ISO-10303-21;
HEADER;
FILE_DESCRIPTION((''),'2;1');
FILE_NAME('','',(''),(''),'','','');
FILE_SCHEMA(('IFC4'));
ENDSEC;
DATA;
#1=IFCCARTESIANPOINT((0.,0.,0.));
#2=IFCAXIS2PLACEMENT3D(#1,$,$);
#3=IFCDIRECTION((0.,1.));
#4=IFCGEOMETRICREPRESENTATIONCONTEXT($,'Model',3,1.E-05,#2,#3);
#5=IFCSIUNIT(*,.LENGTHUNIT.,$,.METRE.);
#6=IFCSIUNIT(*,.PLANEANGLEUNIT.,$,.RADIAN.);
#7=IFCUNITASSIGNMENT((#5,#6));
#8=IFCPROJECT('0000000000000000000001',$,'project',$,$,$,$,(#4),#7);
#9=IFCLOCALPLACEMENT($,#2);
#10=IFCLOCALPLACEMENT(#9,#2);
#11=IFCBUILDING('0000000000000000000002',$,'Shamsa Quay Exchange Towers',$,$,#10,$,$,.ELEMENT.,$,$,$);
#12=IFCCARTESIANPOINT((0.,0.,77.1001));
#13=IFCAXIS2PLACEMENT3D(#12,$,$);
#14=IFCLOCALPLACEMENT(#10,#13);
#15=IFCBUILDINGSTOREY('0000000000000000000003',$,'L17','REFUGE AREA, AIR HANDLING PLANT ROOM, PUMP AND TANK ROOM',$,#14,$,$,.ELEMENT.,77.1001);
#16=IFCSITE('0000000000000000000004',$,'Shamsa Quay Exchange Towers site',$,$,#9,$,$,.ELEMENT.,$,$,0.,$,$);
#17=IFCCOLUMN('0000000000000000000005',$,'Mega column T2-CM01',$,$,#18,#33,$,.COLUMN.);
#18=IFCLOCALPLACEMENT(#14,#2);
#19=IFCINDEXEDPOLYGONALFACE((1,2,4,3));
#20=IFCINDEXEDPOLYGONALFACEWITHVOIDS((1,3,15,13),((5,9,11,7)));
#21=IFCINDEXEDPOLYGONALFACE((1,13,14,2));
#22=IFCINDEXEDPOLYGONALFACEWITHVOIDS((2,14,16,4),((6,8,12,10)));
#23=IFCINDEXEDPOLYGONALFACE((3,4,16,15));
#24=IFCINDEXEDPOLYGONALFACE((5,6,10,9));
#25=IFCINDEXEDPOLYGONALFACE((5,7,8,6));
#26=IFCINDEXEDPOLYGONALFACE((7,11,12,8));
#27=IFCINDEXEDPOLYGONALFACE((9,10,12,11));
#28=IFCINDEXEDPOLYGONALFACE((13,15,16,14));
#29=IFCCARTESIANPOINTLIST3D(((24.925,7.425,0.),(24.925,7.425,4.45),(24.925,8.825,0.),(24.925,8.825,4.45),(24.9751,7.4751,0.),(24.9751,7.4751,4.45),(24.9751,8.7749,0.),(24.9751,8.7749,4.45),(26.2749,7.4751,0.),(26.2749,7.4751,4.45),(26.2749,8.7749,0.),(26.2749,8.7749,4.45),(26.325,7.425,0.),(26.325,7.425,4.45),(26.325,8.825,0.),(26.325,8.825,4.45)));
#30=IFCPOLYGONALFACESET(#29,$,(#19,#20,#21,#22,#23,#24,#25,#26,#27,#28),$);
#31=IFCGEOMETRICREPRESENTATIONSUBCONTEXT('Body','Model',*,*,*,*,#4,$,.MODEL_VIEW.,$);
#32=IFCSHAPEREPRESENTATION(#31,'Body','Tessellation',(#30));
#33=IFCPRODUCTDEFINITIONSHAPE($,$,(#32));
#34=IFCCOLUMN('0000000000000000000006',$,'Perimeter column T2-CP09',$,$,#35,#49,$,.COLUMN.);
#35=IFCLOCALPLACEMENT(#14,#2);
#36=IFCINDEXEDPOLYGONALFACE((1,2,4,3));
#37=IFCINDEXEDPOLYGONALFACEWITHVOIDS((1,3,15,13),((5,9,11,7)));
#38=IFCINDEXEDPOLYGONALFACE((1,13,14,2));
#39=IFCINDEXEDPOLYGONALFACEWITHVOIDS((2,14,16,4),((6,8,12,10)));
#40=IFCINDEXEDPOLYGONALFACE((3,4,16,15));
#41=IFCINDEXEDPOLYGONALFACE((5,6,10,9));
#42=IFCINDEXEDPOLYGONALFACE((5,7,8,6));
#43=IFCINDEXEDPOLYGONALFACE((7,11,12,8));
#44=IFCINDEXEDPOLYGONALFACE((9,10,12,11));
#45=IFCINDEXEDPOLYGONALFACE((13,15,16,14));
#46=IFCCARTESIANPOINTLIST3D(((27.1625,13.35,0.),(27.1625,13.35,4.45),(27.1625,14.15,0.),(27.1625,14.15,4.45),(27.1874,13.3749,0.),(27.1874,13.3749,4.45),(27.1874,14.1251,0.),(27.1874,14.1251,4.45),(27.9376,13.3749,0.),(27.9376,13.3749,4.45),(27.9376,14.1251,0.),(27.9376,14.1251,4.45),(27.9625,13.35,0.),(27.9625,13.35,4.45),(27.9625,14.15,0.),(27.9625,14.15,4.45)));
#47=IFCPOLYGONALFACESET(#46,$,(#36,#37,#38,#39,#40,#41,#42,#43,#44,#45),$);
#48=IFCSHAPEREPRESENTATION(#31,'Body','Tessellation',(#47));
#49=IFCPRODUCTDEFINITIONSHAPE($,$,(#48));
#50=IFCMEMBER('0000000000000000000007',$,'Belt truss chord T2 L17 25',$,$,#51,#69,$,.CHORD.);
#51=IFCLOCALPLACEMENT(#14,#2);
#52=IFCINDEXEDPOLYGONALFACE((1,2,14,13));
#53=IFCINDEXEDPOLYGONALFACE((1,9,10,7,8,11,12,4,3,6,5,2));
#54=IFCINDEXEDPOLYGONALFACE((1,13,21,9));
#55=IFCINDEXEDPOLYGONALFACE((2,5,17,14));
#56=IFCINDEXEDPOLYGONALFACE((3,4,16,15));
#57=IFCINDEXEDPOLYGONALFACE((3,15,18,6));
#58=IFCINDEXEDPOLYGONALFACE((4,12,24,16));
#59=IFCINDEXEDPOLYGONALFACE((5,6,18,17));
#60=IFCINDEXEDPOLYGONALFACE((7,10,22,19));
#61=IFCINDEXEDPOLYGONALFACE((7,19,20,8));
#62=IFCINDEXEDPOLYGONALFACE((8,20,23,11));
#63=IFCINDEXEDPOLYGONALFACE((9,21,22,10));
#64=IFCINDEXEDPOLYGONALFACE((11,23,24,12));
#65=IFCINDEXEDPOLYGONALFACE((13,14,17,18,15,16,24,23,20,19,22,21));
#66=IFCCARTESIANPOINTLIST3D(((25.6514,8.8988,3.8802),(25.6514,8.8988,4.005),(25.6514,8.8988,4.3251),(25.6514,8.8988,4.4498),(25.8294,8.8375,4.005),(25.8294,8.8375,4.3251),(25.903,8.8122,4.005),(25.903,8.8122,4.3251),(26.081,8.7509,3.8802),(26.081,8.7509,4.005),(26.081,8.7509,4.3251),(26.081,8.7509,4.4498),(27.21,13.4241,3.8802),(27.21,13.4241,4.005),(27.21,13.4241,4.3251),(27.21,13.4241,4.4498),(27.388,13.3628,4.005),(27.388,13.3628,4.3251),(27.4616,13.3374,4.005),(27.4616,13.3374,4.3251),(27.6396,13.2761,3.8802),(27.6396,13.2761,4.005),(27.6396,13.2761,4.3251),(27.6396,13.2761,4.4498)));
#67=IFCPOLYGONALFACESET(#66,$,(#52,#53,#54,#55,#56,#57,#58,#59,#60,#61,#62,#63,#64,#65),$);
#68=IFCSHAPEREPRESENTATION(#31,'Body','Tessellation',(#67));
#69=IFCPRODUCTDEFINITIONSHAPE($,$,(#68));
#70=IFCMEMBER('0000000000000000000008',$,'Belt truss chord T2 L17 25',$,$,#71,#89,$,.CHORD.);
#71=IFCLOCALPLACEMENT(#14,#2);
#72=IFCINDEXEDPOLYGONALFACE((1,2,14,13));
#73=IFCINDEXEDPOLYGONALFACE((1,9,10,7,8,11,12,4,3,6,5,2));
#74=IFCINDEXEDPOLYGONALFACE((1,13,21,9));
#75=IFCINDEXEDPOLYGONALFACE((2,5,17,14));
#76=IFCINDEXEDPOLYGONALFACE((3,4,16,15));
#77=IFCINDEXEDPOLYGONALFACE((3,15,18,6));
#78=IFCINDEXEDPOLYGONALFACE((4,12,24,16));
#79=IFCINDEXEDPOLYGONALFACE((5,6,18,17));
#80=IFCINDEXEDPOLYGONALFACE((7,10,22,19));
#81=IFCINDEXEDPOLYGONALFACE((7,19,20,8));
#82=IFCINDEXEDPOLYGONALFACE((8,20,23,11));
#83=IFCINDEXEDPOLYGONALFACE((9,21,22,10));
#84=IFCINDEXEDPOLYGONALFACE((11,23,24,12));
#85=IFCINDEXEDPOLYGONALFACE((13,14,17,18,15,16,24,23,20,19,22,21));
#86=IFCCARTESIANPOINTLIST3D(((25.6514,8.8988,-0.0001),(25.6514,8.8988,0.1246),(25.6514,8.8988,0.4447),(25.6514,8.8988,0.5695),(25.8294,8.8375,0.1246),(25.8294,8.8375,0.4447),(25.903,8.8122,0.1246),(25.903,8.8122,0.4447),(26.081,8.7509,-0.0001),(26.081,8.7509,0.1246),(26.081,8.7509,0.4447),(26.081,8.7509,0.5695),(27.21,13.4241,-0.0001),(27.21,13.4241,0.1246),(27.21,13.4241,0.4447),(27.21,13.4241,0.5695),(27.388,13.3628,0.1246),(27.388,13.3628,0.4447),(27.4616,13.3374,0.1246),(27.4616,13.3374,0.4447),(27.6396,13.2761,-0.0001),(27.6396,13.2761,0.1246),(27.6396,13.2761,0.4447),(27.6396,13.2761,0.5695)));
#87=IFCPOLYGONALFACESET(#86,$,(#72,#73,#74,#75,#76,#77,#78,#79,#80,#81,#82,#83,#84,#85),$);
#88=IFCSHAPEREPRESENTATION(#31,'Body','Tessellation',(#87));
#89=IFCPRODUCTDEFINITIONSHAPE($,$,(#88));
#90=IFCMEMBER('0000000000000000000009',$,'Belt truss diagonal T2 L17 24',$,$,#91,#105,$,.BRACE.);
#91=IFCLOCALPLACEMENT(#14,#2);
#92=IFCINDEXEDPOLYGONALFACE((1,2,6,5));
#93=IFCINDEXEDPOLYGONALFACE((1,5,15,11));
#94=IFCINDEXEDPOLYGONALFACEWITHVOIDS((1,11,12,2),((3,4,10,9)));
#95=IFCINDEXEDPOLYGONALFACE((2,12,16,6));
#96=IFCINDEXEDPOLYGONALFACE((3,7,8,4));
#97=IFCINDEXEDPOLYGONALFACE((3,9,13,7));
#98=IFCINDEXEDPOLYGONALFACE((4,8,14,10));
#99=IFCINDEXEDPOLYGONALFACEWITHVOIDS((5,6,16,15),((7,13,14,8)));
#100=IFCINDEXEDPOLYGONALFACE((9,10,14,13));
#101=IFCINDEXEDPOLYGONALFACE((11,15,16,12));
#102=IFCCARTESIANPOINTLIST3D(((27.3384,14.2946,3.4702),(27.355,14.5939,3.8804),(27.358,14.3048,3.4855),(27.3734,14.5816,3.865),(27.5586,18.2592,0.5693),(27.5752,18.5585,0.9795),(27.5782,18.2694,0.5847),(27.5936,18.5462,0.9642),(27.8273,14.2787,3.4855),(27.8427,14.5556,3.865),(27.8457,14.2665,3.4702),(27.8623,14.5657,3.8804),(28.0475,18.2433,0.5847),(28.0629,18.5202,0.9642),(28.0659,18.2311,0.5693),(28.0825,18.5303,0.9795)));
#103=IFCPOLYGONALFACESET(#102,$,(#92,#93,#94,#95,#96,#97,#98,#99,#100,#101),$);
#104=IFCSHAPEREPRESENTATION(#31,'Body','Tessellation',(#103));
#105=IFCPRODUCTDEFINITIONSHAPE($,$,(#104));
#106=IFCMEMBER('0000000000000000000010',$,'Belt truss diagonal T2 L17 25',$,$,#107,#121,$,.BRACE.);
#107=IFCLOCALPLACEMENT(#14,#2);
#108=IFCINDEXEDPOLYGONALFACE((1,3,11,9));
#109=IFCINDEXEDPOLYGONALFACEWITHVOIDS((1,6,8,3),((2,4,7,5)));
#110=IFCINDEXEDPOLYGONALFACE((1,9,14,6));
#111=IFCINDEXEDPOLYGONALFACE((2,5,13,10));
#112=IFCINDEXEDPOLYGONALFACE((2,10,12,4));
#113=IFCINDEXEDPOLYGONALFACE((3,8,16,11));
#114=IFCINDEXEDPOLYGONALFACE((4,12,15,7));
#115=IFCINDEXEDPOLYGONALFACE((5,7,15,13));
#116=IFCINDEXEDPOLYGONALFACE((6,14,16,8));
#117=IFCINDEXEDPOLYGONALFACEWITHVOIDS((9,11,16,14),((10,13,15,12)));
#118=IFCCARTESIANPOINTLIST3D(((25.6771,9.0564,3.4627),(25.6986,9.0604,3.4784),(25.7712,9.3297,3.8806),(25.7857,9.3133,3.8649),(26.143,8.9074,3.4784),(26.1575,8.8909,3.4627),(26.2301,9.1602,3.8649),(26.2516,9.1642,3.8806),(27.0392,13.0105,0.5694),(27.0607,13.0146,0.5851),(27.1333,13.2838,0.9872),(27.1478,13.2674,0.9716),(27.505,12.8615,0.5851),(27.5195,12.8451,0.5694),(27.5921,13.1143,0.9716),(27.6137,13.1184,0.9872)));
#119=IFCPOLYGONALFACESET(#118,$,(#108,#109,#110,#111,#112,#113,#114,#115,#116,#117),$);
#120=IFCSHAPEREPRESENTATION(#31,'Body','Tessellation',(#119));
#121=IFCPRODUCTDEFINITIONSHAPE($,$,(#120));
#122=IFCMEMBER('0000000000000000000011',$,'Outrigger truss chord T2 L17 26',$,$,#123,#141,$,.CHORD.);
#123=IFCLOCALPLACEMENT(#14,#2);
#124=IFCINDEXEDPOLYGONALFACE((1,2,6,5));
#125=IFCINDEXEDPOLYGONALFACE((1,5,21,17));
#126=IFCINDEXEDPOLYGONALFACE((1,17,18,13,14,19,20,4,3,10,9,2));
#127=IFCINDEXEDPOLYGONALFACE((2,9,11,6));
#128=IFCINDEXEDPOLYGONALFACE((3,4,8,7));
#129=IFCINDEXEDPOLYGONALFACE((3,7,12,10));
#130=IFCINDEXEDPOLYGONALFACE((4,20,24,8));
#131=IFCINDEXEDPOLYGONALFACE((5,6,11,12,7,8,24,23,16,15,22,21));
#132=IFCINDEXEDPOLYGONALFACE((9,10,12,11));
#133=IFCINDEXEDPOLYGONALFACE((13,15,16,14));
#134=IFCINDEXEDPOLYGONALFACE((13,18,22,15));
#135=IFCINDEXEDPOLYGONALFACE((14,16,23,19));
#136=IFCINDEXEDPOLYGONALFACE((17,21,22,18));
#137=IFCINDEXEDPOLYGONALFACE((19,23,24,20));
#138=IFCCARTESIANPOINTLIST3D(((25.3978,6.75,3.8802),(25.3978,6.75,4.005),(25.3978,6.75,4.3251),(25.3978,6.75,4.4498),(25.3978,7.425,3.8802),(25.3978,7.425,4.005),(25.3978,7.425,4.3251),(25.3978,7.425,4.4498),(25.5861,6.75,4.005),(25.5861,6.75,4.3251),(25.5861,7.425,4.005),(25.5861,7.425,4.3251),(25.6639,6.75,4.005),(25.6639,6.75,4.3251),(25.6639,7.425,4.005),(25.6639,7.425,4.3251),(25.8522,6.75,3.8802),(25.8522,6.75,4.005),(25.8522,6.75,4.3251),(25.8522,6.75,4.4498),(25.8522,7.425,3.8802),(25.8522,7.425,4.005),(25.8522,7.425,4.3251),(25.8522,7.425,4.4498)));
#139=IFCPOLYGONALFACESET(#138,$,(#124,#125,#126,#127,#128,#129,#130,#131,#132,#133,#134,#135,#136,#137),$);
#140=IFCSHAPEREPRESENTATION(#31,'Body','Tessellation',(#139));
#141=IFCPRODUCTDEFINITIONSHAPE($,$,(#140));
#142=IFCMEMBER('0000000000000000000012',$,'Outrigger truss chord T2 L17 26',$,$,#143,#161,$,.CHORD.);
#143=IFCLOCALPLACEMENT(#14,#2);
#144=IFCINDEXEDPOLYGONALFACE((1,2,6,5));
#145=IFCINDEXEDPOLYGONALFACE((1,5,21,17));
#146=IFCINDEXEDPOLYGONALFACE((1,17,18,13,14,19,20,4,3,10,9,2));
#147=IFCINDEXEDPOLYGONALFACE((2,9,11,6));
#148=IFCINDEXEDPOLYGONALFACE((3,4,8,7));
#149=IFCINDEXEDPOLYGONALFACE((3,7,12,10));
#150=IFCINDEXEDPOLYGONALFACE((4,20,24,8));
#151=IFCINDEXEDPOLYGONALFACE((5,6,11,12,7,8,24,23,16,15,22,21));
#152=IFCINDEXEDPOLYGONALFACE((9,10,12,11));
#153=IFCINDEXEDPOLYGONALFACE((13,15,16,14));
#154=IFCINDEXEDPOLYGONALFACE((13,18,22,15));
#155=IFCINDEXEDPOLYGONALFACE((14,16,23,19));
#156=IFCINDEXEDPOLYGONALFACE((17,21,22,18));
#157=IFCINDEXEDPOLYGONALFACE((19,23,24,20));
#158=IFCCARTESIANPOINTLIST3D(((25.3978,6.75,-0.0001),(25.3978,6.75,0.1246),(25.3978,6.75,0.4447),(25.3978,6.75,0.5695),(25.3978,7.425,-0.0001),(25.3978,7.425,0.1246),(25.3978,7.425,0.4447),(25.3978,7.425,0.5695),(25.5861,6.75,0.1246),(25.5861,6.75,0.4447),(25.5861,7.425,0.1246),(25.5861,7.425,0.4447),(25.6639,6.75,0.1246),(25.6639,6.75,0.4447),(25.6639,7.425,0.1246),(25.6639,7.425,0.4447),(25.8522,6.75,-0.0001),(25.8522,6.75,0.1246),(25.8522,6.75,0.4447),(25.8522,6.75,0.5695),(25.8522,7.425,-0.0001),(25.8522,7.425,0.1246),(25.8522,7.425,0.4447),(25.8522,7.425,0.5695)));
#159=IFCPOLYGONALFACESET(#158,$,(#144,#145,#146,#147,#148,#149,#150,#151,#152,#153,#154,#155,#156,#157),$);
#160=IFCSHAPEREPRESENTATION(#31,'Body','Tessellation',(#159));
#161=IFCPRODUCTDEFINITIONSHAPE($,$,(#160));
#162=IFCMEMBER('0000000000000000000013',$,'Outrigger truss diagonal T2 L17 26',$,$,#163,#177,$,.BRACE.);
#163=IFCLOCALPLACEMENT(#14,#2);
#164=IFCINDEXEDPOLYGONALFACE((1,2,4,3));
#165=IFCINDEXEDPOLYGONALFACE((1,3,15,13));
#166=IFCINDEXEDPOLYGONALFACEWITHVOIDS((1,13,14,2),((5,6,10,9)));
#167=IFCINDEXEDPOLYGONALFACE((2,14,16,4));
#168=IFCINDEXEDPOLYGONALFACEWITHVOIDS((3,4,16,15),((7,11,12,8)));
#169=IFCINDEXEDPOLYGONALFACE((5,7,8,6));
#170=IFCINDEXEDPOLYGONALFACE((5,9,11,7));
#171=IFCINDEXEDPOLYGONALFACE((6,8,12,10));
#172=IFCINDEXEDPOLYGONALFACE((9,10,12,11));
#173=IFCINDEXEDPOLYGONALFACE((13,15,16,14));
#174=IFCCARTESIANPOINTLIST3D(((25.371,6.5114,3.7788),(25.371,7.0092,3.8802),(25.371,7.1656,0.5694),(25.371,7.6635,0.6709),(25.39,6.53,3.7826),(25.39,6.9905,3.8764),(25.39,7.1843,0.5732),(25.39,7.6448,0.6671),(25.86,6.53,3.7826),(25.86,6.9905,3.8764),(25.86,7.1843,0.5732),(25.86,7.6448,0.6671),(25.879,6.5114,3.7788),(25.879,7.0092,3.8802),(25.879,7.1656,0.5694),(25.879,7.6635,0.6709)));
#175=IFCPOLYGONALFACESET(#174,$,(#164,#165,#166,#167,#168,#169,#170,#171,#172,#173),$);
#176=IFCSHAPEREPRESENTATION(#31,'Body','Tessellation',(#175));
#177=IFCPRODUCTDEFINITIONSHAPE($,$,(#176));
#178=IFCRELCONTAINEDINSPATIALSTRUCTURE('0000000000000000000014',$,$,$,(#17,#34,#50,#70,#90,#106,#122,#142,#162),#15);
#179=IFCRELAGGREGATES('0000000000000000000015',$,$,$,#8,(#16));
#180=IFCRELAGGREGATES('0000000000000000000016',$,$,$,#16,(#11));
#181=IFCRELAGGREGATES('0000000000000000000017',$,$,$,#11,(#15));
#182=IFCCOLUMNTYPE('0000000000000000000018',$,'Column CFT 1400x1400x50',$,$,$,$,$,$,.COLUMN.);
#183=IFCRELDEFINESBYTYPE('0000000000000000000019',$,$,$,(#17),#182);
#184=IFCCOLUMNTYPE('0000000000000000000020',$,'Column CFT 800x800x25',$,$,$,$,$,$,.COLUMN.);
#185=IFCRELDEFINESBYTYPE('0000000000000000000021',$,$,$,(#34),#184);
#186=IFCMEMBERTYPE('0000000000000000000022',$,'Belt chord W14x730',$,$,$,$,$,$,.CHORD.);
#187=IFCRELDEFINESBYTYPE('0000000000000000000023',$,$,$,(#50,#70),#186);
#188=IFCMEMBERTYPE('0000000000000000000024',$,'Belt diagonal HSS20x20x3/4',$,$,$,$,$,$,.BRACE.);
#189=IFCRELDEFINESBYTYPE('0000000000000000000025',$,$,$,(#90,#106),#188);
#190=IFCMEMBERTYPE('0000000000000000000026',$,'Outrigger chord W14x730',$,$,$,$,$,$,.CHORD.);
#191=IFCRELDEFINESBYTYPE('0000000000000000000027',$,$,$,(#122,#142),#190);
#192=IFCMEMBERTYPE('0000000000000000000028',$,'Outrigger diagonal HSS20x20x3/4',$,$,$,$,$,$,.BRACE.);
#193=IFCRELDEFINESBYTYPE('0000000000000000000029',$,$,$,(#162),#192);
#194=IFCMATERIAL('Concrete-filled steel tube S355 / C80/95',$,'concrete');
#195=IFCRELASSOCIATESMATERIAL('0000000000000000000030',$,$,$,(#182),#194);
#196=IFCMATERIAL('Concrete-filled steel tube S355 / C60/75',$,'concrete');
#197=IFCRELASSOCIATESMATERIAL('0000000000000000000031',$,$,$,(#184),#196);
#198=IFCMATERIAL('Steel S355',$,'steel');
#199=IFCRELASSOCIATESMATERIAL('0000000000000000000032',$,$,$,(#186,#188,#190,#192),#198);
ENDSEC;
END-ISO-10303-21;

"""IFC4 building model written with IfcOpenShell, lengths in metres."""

from ifc_helpers import new_model, si_unit, direction, frame, origin, origin_2d, place, context, subcontext, project, spatial, hollow_rectangle, i_section, extrude, material, material_profile, profile_set, type_object, element, save


model = new_model("IFC4")

# Units and contexts
model_context = context("Model", 3, precision=1e-05, world=origin(), true_north=direction((0.0, 1.0)))
body_context = subcontext(model_context, "Body", "Model", "MODEL_VIEW")
ifc_project = project(units=[si_unit("LENGTHUNIT", "METRE"), si_unit("PLANEANGLEUNIT", "RADIAN")], contexts=[model_context])

# Site, building, storey
site_placement = place(None, origin())
site = spatial("IfcSite", under=ifc_project, at=site_placement, Name="Shamsa Quay Exchange Towers site", CompositionType="ELEMENT", RefElevation=0.0)
building_placement = place(site_placement, origin())
building = spatial("IfcBuilding", under=site, at=building_placement, Name="Shamsa Quay Exchange Towers", CompositionType="ELEMENT")
storey_placement = place(building_placement, frame((0.0, 0.0, 77.1001)))
storey = spatial("IfcBuildingStorey", under=building, at=storey_placement, Name="L17", Description="REFUGE AREA, AIR HANDLING PLANT ROOM, PUMP AND TANK ROOM", CompositionType="ELEMENT", Elevation=77.1001)

# Columns
ifc_material_1 = material(Name="Concrete-filled steel tube S355 / C80/95", Category="concrete")
ifc_material_profile_1 = material_profile(ifc_material_1, hollow_rectangle(XDim=1.3999, YDim=1.3999, WallThickness=0.05, at=origin_2d()), Name="CFT 1400x1400x50")
ifc_profile_set_1 = profile_set([ifc_material_profile_1], Name="Concrete-filled steel tube S355 / C80/95")
column_type_1 = type_object("IfcColumnType", Name="Column CFT 1400x1400x50", PredefinedType="COLUMN", material=ifc_profile_set_1)
column_1_placement = place(storey_placement, frame((25.625, 8.125, 0.0)))
element("IfcColumn", 1, at=column_1_placement, inside=storey, type_object=column_type_1, Name="Mega column T2-CM01", PredefinedType="COLUMN", context=body_context, shape_type="SweptSolid", body=[
    extrude(hollow_rectangle(XDim=1.3999, YDim=1.3999, WallThickness=0.05, at=origin_2d()), origin(), (0.0, 0.0, 1.0), 4.45),
])
ifc_material_2 = material(Name="Concrete-filled steel tube S355 / C60/75", Category="concrete")
ifc_material_profile_2 = material_profile(ifc_material_2, hollow_rectangle(XDim=0.8, YDim=0.8, WallThickness=0.0249, at=origin_2d()), Name="CFT 800x800x25")
ifc_profile_set_2 = profile_set([ifc_material_profile_2], Name="Concrete-filled steel tube S355 / C60/75")
column_type_2 = type_object("IfcColumnType", Name="Column CFT 800x800x25", PredefinedType="COLUMN", material=ifc_profile_set_2)
column_2_placement = place(storey_placement, frame((27.5625, 13.75, 0.0)))
element("IfcColumn", 2, at=column_2_placement, inside=storey, type_object=column_type_2, Name="Perimeter column T2-CP09", PredefinedType="COLUMN", context=body_context, shape_type="SweptSolid", body=[
    extrude(hollow_rectangle(XDim=0.8, YDim=0.8, WallThickness=0.0249, at=origin_2d()), origin(), (0.0, 0.0, 1.0), 4.45),
])

# Members
ifc_material_3 = material(Name="Steel S355", Category="steel")
ifc_material_profile_3 = material_profile(ifc_material_3, i_section(OverallWidth=0.4543, OverallDepth=0.5696, WebThickness=0.0779, FlangeThickness=0.1248, at=origin_2d()), Name="W14x730")
ifc_profile_set_3 = profile_set([ifc_material_profile_3], Name="Steel S355")
member_type_1 = type_object("IfcMemberType", Name="Belt chord W14x730", PredefinedType="CHORD", material=ifc_profile_set_3)
for number, where, z_axis, x_axis, name in (
    (3, (27.4248, 13.3501, 4.165), (-0.325654, -0.945489, 0.0), (0.945489, -0.325654, 0.0), "Belt truss chord T2 L17 25"),
    (4, (27.4248, 13.3501, 0.2847), (-0.325654, -0.945489, 0.0), (0.945489, -0.325654, 0.0), "Belt truss chord T2 L17 25"),
):
    element("IfcMember", number, at=place(storey_placement, frame(where, z_axis=z_axis, x_axis=x_axis)), inside=storey, type_object=member_type_1, Name=name, PredefinedType="CHORD", context=body_context, shape_type="SweptSolid", body=[
        extrude(i_section(OverallWidth=0.4543, OverallDepth=0.5696, WebThickness=0.0779, FlangeThickness=0.1248, at=origin_2d()), origin(), (0.0, 0.0, 1.0), 4.7861),
    ])
ifc_material_profile_4 = material_profile(ifc_material_3, hollow_rectangle(XDim=0.5081, YDim=0.5081, WallThickness=0.019, at=origin_2d()), Name="HSS20x20x3/4")
ifc_profile_set_4 = profile_set([ifc_material_profile_4], Name="Steel S355")
member_type_2 = type_object("IfcMemberType", Name="Belt diagonal HSS20x20x3/4", PredefinedType="BRACE", material=ifc_profile_set_4)
member_1_placement = place(storey_placement, frame((27.8206, 18.3948, 0.7744), z_axis=(-0.044782, -0.806225, 0.589911), x_axis=(0.998461, -0.05546, 0.0)))
element("IfcMember", 5, at=member_1_placement, inside=storey, type_object=member_type_2, Name="Belt truss diagonal T2 L17 24", PredefinedType="BRACE", context=body_context, shape_type="SweptSolid", body=[
    extrude(hollow_rectangle(XDim=0.5081, YDim=0.5081, WallThickness=0.019, at=origin_2d()), origin(), (0.0, 0.0, 1.0), 4.9175),
])
member_2_placement = place(storey_placement, frame((27.3264, 13.0645, 0.7783), z_axis=(-0.267837, -0.777539, 0.568944), x_axis=(0.945478, -0.325687, 0.0)))
element("IfcMember", 6, at=member_2_placement, inside=storey, type_object=member_type_2, Name="Belt truss diagonal T2 L17 25", PredefinedType="BRACE", context=body_context, shape_type="SweptSolid", body=[
    extrude(hollow_rectangle(XDim=0.5081, YDim=0.5081, WallThickness=0.019, at=origin_2d()), origin(), (0.0, 0.0, 1.0), 5.0854),
])
ifc_material_profile_5 = material_profile(ifc_material_3, i_section(OverallWidth=0.4543, OverallDepth=0.5696, WebThickness=0.0779, FlangeThickness=0.1248, at=origin_2d()), Name="W14x730")
ifc_profile_set_5 = profile_set([ifc_material_profile_5], Name="Steel S355")
member_type_3 = type_object("IfcMemberType", Name="Outrigger chord W14x730", PredefinedType="CHORD", material=ifc_profile_set_5)
for number, where, z_axis, x_axis, name in (
    (7, (25.625, 7.425, 4.165), (0.0, -1.0, 0.0), (1.0, 0.0, 0.0), "Outrigger truss chord T2 L17 26"),
    (8, (25.625, 7.425, 0.2847), (0.0, -1.0, 0.0), (1.0, 0.0, 0.0), "Outrigger truss chord T2 L17 26"),
):
    element("IfcMember", number, at=place(storey_placement, frame(where, z_axis=z_axis, x_axis=x_axis)), inside=storey, type_object=member_type_3, Name=name, PredefinedType="CHORD", context=body_context, shape_type="SweptSolid", body=[
        extrude(i_section(OverallWidth=0.4543, OverallDepth=0.5696, WebThickness=0.0779, FlangeThickness=0.1248, at=origin_2d()), origin(), (0.0, 0.0, 1.0), 0.675),
    ])
ifc_material_profile_6 = material_profile(ifc_material_3, hollow_rectangle(XDim=0.5081, YDim=0.5081, WallThickness=0.019, at=origin_2d()), Name="HSS20x20x3/4")
ifc_profile_set_6 = profile_set([ifc_material_profile_6], Name="Steel S355")
member_type_4 = type_object("IfcMemberType", Name="Outrigger diagonal HSS20x20x3/4", PredefinedType="BRACE", material=ifc_profile_set_6)
member_3_placement = place(storey_placement, frame((25.625, 7.4146, 0.6201), z_axis=(0.0, -0.199756, 0.979846), x_axis=(1.0, 0.0, 0.0)))
element("IfcMember", 9, at=member_3_placement, inside=storey, type_object=member_type_4, Name="Outrigger truss diagonal T2 L17 26", PredefinedType="BRACE", context=body_context, shape_type="SweptSolid", body=[
    extrude(hollow_rectangle(XDim=0.5081, YDim=0.5081, WallThickness=0.019, at=origin_2d()), origin(), (0.0, 0.0, 1.0), 3.2754),
])

save(model, "model.ifc")
